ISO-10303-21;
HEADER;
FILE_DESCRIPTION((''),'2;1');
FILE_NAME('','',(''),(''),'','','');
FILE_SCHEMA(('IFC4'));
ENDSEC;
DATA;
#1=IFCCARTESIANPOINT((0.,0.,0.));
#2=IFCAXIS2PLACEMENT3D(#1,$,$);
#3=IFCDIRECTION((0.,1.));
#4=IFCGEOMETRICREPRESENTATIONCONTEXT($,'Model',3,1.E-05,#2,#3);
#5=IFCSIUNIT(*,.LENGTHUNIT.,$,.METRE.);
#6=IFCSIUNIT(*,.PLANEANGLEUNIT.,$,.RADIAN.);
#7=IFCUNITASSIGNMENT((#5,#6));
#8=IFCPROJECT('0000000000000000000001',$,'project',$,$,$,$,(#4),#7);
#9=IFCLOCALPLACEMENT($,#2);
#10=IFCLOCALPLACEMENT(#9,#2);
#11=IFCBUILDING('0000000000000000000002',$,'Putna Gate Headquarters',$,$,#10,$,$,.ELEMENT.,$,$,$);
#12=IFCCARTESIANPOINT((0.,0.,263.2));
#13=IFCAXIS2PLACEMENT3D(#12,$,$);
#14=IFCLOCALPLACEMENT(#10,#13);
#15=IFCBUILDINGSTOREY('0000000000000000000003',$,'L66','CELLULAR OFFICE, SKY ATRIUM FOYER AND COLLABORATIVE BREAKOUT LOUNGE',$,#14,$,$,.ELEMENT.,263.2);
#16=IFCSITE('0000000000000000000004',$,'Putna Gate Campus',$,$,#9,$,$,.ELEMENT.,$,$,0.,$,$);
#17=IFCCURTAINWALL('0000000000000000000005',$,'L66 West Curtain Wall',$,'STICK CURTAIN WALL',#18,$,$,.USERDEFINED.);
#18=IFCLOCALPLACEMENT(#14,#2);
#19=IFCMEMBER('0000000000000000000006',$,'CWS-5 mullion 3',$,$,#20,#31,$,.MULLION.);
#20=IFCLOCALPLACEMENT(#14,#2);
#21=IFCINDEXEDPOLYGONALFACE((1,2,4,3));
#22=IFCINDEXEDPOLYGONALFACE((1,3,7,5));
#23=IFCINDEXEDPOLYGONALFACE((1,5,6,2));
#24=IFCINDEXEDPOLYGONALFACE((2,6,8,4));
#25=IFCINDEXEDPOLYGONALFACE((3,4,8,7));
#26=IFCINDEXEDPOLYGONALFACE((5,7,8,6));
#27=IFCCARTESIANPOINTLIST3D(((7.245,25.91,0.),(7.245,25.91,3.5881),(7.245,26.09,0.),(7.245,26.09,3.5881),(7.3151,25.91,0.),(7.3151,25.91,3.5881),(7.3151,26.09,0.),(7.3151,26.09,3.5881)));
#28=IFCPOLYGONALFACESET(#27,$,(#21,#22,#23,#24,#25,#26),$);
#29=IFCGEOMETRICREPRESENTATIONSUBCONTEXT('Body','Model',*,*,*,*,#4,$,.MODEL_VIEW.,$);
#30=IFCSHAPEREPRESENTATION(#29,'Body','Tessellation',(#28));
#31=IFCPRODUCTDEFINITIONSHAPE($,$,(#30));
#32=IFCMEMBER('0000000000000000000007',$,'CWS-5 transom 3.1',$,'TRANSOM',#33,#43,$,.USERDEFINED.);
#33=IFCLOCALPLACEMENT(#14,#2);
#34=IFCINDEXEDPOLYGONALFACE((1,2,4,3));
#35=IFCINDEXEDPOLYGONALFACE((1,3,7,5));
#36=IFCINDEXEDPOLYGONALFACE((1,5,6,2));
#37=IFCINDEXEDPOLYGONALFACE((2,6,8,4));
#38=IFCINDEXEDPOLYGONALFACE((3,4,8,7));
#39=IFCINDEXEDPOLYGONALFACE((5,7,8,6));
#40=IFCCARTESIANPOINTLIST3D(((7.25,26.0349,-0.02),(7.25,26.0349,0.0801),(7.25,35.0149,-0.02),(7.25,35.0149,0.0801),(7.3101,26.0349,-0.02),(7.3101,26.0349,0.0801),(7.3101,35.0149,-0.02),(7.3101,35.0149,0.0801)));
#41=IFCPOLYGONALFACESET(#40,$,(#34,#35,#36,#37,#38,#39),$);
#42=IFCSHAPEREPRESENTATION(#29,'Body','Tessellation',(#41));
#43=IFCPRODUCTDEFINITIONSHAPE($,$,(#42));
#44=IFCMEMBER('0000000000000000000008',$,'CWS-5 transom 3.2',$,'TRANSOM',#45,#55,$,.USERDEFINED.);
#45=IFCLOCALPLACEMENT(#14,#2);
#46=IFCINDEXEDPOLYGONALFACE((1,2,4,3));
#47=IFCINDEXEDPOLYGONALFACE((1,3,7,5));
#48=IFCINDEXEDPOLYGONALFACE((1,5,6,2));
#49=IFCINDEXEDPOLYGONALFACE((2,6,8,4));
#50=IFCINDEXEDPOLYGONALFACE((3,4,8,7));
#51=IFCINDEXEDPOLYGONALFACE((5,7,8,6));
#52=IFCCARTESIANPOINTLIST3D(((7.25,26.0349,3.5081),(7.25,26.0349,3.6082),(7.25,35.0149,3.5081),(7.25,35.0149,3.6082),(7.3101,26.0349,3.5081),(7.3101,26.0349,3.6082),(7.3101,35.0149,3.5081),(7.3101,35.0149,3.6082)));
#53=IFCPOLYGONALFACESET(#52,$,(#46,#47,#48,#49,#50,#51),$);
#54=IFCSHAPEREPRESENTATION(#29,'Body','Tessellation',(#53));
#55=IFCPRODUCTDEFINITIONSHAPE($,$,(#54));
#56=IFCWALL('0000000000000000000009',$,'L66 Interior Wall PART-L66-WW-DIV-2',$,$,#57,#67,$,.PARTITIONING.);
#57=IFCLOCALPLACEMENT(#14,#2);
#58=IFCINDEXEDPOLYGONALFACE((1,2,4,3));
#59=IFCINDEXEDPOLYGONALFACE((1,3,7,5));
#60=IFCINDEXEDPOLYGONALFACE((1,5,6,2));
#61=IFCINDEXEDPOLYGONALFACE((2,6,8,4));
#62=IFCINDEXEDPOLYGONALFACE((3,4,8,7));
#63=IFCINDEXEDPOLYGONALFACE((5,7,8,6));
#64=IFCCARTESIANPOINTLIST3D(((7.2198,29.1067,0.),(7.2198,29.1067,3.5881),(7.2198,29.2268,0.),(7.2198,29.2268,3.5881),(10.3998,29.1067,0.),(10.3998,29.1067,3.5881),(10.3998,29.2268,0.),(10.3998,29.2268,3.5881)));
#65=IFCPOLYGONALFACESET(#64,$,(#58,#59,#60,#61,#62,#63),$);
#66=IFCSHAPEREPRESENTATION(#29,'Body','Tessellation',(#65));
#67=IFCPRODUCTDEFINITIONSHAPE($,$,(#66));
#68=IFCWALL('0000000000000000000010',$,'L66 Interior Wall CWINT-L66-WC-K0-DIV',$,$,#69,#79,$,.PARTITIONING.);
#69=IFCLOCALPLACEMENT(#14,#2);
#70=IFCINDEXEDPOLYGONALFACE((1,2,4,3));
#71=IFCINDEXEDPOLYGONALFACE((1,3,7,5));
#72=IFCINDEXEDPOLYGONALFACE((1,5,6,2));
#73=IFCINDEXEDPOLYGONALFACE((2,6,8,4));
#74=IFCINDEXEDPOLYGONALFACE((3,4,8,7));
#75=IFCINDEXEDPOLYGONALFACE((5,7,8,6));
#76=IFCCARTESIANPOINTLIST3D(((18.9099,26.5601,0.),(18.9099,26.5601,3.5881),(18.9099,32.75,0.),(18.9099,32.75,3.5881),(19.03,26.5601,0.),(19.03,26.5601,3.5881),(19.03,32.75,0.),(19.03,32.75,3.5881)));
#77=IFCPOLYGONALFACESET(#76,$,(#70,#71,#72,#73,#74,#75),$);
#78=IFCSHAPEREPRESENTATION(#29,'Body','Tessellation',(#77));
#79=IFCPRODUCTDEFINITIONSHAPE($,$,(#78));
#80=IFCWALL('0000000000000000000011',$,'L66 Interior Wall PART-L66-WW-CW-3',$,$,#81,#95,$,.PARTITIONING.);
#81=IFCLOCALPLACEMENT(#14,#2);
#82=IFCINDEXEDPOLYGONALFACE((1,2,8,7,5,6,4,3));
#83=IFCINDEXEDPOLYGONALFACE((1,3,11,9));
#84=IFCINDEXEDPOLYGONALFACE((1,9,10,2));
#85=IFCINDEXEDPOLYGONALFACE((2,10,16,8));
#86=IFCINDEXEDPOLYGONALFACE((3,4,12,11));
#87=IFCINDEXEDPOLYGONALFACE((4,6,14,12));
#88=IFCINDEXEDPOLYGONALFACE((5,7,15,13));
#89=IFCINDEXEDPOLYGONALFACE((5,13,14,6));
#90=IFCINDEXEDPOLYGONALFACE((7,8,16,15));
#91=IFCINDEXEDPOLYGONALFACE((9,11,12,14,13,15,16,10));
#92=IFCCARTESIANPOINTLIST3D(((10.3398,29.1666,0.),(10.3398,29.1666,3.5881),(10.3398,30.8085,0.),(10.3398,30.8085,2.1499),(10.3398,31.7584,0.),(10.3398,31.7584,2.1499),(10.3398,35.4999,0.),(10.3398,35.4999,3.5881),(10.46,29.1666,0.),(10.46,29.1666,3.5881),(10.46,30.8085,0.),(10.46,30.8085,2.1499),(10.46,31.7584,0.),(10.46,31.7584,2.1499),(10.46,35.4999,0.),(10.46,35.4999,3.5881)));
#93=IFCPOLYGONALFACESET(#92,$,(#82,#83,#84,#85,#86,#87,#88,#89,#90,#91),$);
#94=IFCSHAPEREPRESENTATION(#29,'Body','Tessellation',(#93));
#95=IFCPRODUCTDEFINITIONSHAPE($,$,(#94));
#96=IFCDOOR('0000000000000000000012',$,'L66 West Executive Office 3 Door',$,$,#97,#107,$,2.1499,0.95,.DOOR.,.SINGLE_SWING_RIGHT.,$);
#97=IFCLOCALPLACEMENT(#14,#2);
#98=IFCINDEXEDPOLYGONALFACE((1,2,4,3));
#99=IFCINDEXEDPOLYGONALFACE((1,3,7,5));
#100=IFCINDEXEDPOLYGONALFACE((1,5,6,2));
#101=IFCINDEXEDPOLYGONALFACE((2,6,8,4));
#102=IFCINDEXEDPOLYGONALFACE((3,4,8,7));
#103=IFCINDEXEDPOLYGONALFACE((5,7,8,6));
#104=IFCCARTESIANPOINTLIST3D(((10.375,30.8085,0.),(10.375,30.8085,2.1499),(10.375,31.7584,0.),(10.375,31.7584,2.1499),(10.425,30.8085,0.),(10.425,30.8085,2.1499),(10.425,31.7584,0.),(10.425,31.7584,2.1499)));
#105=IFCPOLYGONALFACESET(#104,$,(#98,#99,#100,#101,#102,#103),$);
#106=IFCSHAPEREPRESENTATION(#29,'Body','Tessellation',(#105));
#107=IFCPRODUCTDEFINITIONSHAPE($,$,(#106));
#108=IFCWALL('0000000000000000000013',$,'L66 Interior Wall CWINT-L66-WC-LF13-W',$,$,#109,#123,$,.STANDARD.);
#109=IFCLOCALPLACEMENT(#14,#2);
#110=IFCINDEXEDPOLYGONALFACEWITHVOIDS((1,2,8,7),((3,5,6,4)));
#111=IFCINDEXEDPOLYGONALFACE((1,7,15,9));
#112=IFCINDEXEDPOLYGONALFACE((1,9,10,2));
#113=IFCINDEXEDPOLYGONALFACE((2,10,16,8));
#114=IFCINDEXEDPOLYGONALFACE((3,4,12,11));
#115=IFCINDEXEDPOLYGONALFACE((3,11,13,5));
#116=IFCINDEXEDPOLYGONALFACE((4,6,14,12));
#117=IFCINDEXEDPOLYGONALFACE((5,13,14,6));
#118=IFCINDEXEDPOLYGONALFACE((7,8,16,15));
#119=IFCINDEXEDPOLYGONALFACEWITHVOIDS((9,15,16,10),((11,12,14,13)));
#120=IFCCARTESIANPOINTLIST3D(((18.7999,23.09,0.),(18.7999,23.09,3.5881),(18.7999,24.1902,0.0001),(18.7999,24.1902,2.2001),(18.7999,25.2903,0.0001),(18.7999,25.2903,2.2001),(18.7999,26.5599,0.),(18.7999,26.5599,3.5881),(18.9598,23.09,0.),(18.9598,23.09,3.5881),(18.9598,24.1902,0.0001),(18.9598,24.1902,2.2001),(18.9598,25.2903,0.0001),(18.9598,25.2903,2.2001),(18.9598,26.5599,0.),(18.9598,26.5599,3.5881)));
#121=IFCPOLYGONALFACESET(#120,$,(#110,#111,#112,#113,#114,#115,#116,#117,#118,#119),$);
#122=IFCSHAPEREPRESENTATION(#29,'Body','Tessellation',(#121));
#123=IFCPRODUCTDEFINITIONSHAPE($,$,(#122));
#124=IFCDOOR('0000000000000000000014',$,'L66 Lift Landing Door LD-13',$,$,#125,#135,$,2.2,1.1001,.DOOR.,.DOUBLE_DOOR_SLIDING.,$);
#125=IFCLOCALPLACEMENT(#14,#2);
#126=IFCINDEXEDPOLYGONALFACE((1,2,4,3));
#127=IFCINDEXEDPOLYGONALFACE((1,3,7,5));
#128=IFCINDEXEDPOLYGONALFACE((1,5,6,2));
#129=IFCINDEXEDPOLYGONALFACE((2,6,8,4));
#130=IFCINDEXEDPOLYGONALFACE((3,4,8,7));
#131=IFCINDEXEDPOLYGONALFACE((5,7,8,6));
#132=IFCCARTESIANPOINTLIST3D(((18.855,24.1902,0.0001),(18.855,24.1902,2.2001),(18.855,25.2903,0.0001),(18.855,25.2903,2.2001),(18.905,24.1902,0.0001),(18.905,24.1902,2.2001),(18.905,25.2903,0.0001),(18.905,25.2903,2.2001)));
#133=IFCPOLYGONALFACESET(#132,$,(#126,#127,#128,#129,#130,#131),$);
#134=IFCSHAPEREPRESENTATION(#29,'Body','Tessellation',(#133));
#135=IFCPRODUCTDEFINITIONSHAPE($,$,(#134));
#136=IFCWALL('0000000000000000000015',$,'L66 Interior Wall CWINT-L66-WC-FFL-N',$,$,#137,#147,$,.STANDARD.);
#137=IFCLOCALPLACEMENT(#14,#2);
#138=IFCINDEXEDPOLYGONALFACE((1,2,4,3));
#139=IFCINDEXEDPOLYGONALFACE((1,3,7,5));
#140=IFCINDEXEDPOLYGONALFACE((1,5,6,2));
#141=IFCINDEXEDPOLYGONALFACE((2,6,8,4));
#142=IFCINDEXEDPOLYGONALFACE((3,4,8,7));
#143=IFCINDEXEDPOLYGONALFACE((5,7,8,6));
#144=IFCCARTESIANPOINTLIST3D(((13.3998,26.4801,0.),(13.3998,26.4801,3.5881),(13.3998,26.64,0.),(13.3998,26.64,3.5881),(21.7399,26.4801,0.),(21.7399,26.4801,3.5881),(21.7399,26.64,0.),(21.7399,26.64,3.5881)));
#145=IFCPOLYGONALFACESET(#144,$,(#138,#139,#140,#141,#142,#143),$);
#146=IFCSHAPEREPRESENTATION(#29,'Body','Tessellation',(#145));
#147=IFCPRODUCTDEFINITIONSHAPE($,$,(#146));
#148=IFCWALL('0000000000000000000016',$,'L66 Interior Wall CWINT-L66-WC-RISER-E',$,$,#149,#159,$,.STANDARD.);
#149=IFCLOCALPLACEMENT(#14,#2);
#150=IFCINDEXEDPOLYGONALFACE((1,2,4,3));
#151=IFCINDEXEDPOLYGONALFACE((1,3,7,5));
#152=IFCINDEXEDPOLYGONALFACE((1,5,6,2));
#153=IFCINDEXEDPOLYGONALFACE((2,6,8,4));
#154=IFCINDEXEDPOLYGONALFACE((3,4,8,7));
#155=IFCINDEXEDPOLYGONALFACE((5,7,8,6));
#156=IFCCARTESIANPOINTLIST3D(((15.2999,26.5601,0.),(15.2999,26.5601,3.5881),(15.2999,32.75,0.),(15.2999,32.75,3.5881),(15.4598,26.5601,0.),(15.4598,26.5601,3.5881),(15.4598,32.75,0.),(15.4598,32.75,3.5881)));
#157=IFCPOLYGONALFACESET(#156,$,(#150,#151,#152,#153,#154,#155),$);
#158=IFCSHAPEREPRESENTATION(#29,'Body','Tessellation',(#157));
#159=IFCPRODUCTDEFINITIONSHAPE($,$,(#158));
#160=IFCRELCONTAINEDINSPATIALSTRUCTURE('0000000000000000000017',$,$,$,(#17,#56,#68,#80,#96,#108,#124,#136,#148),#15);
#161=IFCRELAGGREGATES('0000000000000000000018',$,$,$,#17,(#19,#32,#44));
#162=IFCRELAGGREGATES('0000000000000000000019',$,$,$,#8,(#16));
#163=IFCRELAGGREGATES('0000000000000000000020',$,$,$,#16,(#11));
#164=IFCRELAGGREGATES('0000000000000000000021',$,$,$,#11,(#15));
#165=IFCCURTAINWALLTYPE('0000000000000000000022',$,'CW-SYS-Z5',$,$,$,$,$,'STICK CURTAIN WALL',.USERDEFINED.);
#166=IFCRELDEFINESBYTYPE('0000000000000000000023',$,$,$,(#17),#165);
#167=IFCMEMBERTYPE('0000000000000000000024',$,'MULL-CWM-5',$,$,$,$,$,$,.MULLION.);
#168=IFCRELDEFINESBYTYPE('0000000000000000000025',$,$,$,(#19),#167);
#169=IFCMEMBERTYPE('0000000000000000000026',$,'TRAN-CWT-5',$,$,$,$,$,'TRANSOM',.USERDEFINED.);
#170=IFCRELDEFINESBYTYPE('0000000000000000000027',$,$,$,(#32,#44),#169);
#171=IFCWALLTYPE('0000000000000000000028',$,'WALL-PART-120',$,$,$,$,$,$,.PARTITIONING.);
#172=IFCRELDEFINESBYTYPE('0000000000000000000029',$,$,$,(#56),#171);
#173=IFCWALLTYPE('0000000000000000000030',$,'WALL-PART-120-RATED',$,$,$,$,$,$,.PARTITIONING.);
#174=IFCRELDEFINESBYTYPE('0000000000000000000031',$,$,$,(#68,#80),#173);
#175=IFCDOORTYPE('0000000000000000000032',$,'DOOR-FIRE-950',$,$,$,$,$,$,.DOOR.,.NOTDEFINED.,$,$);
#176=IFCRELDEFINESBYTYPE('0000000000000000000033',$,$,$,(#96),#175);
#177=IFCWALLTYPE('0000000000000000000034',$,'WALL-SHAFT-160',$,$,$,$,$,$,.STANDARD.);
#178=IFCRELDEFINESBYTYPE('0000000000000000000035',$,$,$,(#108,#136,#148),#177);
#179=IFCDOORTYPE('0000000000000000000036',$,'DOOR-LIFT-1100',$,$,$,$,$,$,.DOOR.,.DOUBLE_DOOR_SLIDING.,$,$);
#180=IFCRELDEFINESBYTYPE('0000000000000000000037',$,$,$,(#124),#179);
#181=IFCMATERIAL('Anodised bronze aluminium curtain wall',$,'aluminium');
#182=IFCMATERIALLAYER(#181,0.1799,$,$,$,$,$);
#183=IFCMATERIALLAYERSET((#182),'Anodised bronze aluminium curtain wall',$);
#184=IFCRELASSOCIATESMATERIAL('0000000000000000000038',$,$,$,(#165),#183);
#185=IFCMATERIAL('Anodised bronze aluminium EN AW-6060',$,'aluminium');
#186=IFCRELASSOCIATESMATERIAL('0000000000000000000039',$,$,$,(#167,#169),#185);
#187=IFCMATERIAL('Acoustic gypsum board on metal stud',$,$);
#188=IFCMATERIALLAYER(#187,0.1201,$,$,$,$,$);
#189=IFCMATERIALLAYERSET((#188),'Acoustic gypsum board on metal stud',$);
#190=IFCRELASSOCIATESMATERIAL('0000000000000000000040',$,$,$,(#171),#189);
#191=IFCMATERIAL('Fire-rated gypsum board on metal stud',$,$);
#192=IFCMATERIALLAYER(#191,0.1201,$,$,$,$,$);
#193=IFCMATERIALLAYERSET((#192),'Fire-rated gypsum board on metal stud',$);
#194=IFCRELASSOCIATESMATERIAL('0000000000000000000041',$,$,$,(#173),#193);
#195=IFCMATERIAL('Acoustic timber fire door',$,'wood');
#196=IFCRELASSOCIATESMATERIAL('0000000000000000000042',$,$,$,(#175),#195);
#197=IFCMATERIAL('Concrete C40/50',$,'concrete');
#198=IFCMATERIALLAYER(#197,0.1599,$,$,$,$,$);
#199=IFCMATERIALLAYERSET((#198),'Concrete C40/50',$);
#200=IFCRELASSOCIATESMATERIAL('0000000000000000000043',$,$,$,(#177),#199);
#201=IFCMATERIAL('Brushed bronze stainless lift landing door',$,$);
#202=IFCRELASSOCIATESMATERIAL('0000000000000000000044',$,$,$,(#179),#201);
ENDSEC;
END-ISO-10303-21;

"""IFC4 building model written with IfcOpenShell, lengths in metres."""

from ifc_helpers import new_model, si_unit, direction, frame, frame_2d, origin, origin_2d, place, context, subcontext, project, spatial, rectangle, extrude, material, layer, layer_set, material_profile, profile_set, type_object, element, fill, aggregate, save


model = new_model("IFC4")

# Units and contexts
model_context = context("Model", 3, precision=1e-05, world=origin(), true_north=direction((0.0, 1.0)))
body_context = subcontext(model_context, "Body", "Model", "MODEL_VIEW")
ifc_project = project(units=[si_unit("LENGTHUNIT", "METRE"), si_unit("PLANEANGLEUNIT", "RADIAN")], contexts=[model_context])

# Site, building, storey
site_placement = place(None, origin())
site = spatial("IfcSite", under=ifc_project, at=site_placement, Name="Putna Gate Campus", CompositionType="ELEMENT", RefElevation=0.0)
building_placement = place(site_placement, origin())
building = spatial("IfcBuilding", under=site, at=building_placement, Name="Putna Gate Headquarters", CompositionType="ELEMENT")
storey_placement = place(building_placement, frame((0.0, 0.0, 263.2)))
storey = spatial("IfcBuildingStorey", under=building, at=storey_placement, Name="L66", Description="CELLULAR OFFICE, SKY ATRIUM FOYER AND COLLABORATIVE BREAKOUT LOUNGE", CompositionType="ELEMENT", Elevation=263.2)

# Curtain wall, members
ifc_material_1 = material(Name="Anodised bronze aluminium curtain wall", Category="aluminium")
ifc_layer_1 = layer(ifc_material_1, 0.1799)
ifc_layer_set_1 = layer_set([ifc_layer_1], Name="Anodised bronze aluminium curtain wall")
curtain_wall_type = type_object("IfcCurtainWallType", Name="CW-SYS-Z5", ElementType="STICK CURTAIN WALL", PredefinedType="USERDEFINED", material=ifc_layer_set_1)
curtain_wall_placement = place(storey_placement, origin())
curtain_wall = element("IfcCurtainWall", 1, at=curtain_wall_placement, inside=storey, type_object=curtain_wall_type, Name="L66 West Curtain Wall", ObjectType="STICK CURTAIN WALL", PredefinedType="USERDEFINED")
ifc_material_2 = material(Name="Anodised bronze aluminium EN AW-6060", Category="aluminium")
ifc_material_profile_1 = material_profile(ifc_material_2, rectangle(XDim=0.0701, YDim=0.1799, at=origin_2d()), Name="Anodised bronze aluminium EN AW-6060")
ifc_profile_set_1 = profile_set([ifc_material_profile_1], Name="Anodised bronze aluminium EN AW-6060")
member_type_1 = type_object("IfcMemberType", Name="MULL-CWM-5", PredefinedType="MULLION", material=ifc_profile_set_1)
member_1_placement = place(storey_placement, frame((7.28, 26.0, 0.0), z_axis=(0.0, 0.0, 1.0), x_axis=(-1.0, 0.0, 0.0)))
member_1 = element("IfcMember", 2, at=member_1_placement, type_object=member_type_1, Name="CWS-5 mullion 3", PredefinedType="MULLION", context=body_context, shape_type="SweptSolid", body=[
    extrude(rectangle(XDim=0.0701, YDim=0.1799, at=origin_2d()), origin(), (0.0, 0.0, 1.0), 3.5881),
])
ifc_material_profile_2 = material_profile(ifc_material_2, rectangle(XDim=0.0601, YDim=0.1001, at=origin_2d()), Name="Anodised bronze aluminium EN AW-6060")
ifc_profile_set_2 = profile_set([ifc_material_profile_2], Name="Anodised bronze aluminium EN AW-6060")
member_type_2 = type_object("IfcMemberType", Name="TRAN-CWT-5", ElementType="TRANSOM", PredefinedType="USERDEFINED", material=ifc_profile_set_2)
member_2_placement = place(storey_placement, frame((7.28, 26.0349, 0.03), z_axis=(0.0, 1.0, 0.0), x_axis=(-1.0, 0.0, 0.0)))
member_2 = element("IfcMember", 3, at=member_2_placement, type_object=member_type_2, Name="CWS-5 transom 3.1", ObjectType="TRANSOM", PredefinedType="USERDEFINED", context=body_context, shape_type="SweptSolid", body=[
    extrude(rectangle(XDim=0.0601, YDim=0.1001, at=origin_2d()), origin(), (0.0, 0.0, 1.0), 8.98),
])
member_3_placement = place(storey_placement, frame((7.28, 26.0349, 3.5581), z_axis=(0.0, 1.0, 0.0), x_axis=(-1.0, 0.0, 0.0)))
member_3 = element("IfcMember", 4, at=member_3_placement, type_object=member_type_2, Name="CWS-5 transom 3.2", ObjectType="TRANSOM", PredefinedType="USERDEFINED", context=body_context, shape_type="SweptSolid", body=[
    extrude(rectangle(XDim=0.0601, YDim=0.1001, at=origin_2d()), origin(), (0.0, 0.0, 1.0), 8.98),
])
aggregate(curtain_wall, [member_1, member_2, member_3])

# Walls
ifc_material_3 = material(Name="Acoustic gypsum board on metal stud")
ifc_layer_2 = layer(ifc_material_3, 0.1201)
ifc_layer_set_2 = layer_set([ifc_layer_2], Name="Acoustic gypsum board on metal stud")
wall_type_1 = type_object("IfcWallType", Name="WALL-PART-120", PredefinedType="PARTITIONING", material=ifc_layer_set_2)
wall_1_placement = place(storey_placement, frame((7.22, 29.1667, 0.0), z_axis=(0.0, 0.0, 1.0), x_axis=(1.0, 0.0, 0.0)))
element("IfcWall", 5, at=wall_1_placement, inside=storey, type_object=wall_type_1, Name="L66 Interior Wall PART-L66-WW-DIV-2", PredefinedType="PARTITIONING", context=body_context, shape_type="SweptSolid", body=[
    extrude(rectangle(XDim=3.1799, YDim=0.1201, at=frame_2d((1.5898, 0.0))), origin(), (0.0, 0.0, 1.0), 3.5881),
])
ifc_material_4 = material(Name="Fire-rated gypsum board on metal stud")
ifc_layer_3 = layer(ifc_material_4, 0.1201)
ifc_layer_set_3 = layer_set([ifc_layer_3], Name="Fire-rated gypsum board on metal stud")
wall_type_2 = type_object("IfcWallType", Name="WALL-PART-120-RATED", PredefinedType="PARTITIONING", material=ifc_layer_set_3)
wall_2_placement = place(storey_placement, frame((18.97, 26.5601, 0.0), z_axis=(0.0, 0.0, 1.0), x_axis=(0.0, 1.0, 0.0)))
element("IfcWall", 6, at=wall_2_placement, inside=storey, type_object=wall_type_2, Name="L66 Interior Wall CWINT-L66-WC-K0-DIV", PredefinedType="PARTITIONING", context=body_context, shape_type="SweptSolid", body=[
    extrude(rectangle(XDim=6.1899, YDim=0.1201, at=frame_2d((3.095, 0.0))), origin(), (0.0, 0.0, 1.0), 3.5881),
])

# Walls, openings, doors
wall_3_placement = place(storey_placement, frame((10.3999, 29.1667, 0.0), z_axis=(0.0, 0.0, 1.0), x_axis=(0.0, 1.0, 0.0)))
wall_3 = element("IfcWall", 7, at=wall_3_placement, inside=storey, type_object=wall_type_2, Name="L66 Interior Wall PART-L66-WW-CW-3", PredefinedType="PARTITIONING", context=body_context, shape_type="SweptSolid", body=[
    extrude(rectangle(XDim=6.3333, YDim=0.1201, at=frame_2d((3.1665, 0.0))), origin(), (0.0, 0.0, 1.0), 3.5881),
])
opening_1_placement = place(wall_3_placement, frame((1.6416, 0.0, 0.0)))
opening_1 = element("IfcOpeningElement", 8, at=opening_1_placement, cuts=wall_3, PredefinedType="OPENING", context=body_context, shape_type="SweptSolid", body=[
    extrude(rectangle(XDim=0.95, YDim=2.1499, at=frame_2d((0.4751, 1.075))), frame((0.0, 0.0701, 0.0), z_axis=(0.0, -1.0, 0.0), x_axis=(1.0, 0.0, 0.0)), (0.0, 0.0, 1.0), 0.1401),
])
ifc_material_5 = material(Name="Acoustic timber fire door", Category="wood")
door_type_1 = type_object("IfcDoorType", Name="DOOR-FIRE-950", OperationType="NOTDEFINED", PredefinedType="DOOR", material=ifc_material_5)
door_1_placement = place(opening_1_placement, origin())
door_1 = element("IfcDoor", 9, at=door_1_placement, inside=storey, type_object=door_type_1, Name="L66 West Executive Office 3 Door", OperationType="SINGLE_SWING_RIGHT", OverallHeight=2.1499, OverallWidth=0.95, PredefinedType="DOOR", context=body_context, shape_type="SweptSolid", body=[
    extrude(rectangle(XDim=0.95, YDim=2.1499, at=frame_2d((0.4751, 1.075))), frame((0.0, 0.0249, 0.0), z_axis=(0.0, -1.0, 0.0), x_axis=(1.0, 0.0, 0.0)), (0.0, 0.0, 1.0), 0.05),
])
fill(opening_1, door_1)
ifc_material_6 = material(Name="Concrete C40/50", Category="concrete")
ifc_layer_4 = layer(ifc_material_6, 0.1599)
ifc_layer_set_4 = layer_set([ifc_layer_4], Name="Concrete C40/50")
wall_type_3 = type_object("IfcWallType", Name="WALL-SHAFT-160", PredefinedType="STANDARD", material=ifc_layer_set_4)
wall_4_placement = place(storey_placement, frame((18.8799, 23.0901, 0.0), z_axis=(0.0, 0.0, 1.0), x_axis=(0.0, 1.0, 0.0)))
wall_4 = element("IfcWall", 10, at=wall_4_placement, inside=storey, type_object=wall_type_3, Name="L66 Interior Wall CWINT-L66-WC-LF13-W", PredefinedType="STANDARD", context=body_context, shape_type="SweptSolid", body=[
    extrude(rectangle(XDim=3.47, YDim=0.1599, at=frame_2d((1.7349, 0.0))), origin(), (0.0, 0.0, 1.0), 3.5881),
])
opening_2_placement = place(wall_4_placement, frame((1.1001, 0.0, 0.0)))
opening_2 = element("IfcOpeningElement", 11, at=opening_2_placement, cuts=wall_4, PredefinedType="OPENING", context=body_context, shape_type="SweptSolid", body=[
    extrude(rectangle(XDim=1.1001, YDim=2.2, at=frame_2d((0.55, 1.1001))), frame((0.0, 0.0898, 0.0), z_axis=(0.0, -1.0, 0.0), x_axis=(1.0, 0.0, 0.0)), (0.0, 0.0, 1.0), 0.1799),
])
ifc_material_7 = material(Name="Brushed bronze stainless lift landing door")
door_type_2 = type_object("IfcDoorType", Name="DOOR-LIFT-1100", OperationType="DOUBLE_DOOR_SLIDING", PredefinedType="DOOR", material=ifc_material_7)
door_2_placement = place(opening_2_placement, origin())
door_2 = element("IfcDoor", 12, at=door_2_placement, inside=storey, type_object=door_type_2, Name="L66 Lift Landing Door LD-13", OperationType="DOUBLE_DOOR_SLIDING", OverallHeight=2.2, OverallWidth=1.1001, PredefinedType="DOOR", context=body_context, shape_type="SweptSolid", body=[
    extrude(rectangle(XDim=1.1001, YDim=2.2, at=frame_2d((0.55, 1.1001))), frame((0.0, 0.0249, 0.0), z_axis=(0.0, -1.0, 0.0), x_axis=(1.0, 0.0, 0.0)), (0.0, 0.0, 1.0), 0.05),
])
fill(opening_2, door_2)

# Walls
wall_5_placement = place(storey_placement, frame((13.3999, 26.5601, 0.0), z_axis=(0.0, 0.0, 1.0), x_axis=(1.0, 0.0, 0.0)))
element("IfcWall", 13, at=wall_5_placement, inside=storey, type_object=wall_type_3, Name="L66 Interior Wall CWINT-L66-WC-FFL-N", PredefinedType="STANDARD", context=body_context, shape_type="SweptSolid", body=[
    extrude(rectangle(XDim=8.3401, YDim=0.1599, at=frame_2d((4.1699, 0.0))), origin(), (0.0, 0.0, 1.0), 3.5881),
])
wall_6_placement = place(storey_placement, frame((15.3799, 26.5601, 0.0), z_axis=(0.0, 0.0, 1.0), x_axis=(0.0, 1.0, 0.0)))
element("IfcWall", 14, at=wall_6_placement, inside=storey, type_object=wall_type_3, Name="L66 Interior Wall CWINT-L66-WC-RISER-E", PredefinedType="STANDARD", context=body_context, shape_type="SweptSolid", body=[
    extrude(rectangle(XDim=6.1899, YDim=0.1599, at=frame_2d((3.095, 0.0))), origin(), (0.0, 0.0, 1.0), 3.5881),
])

save(model, "model.ifc")
